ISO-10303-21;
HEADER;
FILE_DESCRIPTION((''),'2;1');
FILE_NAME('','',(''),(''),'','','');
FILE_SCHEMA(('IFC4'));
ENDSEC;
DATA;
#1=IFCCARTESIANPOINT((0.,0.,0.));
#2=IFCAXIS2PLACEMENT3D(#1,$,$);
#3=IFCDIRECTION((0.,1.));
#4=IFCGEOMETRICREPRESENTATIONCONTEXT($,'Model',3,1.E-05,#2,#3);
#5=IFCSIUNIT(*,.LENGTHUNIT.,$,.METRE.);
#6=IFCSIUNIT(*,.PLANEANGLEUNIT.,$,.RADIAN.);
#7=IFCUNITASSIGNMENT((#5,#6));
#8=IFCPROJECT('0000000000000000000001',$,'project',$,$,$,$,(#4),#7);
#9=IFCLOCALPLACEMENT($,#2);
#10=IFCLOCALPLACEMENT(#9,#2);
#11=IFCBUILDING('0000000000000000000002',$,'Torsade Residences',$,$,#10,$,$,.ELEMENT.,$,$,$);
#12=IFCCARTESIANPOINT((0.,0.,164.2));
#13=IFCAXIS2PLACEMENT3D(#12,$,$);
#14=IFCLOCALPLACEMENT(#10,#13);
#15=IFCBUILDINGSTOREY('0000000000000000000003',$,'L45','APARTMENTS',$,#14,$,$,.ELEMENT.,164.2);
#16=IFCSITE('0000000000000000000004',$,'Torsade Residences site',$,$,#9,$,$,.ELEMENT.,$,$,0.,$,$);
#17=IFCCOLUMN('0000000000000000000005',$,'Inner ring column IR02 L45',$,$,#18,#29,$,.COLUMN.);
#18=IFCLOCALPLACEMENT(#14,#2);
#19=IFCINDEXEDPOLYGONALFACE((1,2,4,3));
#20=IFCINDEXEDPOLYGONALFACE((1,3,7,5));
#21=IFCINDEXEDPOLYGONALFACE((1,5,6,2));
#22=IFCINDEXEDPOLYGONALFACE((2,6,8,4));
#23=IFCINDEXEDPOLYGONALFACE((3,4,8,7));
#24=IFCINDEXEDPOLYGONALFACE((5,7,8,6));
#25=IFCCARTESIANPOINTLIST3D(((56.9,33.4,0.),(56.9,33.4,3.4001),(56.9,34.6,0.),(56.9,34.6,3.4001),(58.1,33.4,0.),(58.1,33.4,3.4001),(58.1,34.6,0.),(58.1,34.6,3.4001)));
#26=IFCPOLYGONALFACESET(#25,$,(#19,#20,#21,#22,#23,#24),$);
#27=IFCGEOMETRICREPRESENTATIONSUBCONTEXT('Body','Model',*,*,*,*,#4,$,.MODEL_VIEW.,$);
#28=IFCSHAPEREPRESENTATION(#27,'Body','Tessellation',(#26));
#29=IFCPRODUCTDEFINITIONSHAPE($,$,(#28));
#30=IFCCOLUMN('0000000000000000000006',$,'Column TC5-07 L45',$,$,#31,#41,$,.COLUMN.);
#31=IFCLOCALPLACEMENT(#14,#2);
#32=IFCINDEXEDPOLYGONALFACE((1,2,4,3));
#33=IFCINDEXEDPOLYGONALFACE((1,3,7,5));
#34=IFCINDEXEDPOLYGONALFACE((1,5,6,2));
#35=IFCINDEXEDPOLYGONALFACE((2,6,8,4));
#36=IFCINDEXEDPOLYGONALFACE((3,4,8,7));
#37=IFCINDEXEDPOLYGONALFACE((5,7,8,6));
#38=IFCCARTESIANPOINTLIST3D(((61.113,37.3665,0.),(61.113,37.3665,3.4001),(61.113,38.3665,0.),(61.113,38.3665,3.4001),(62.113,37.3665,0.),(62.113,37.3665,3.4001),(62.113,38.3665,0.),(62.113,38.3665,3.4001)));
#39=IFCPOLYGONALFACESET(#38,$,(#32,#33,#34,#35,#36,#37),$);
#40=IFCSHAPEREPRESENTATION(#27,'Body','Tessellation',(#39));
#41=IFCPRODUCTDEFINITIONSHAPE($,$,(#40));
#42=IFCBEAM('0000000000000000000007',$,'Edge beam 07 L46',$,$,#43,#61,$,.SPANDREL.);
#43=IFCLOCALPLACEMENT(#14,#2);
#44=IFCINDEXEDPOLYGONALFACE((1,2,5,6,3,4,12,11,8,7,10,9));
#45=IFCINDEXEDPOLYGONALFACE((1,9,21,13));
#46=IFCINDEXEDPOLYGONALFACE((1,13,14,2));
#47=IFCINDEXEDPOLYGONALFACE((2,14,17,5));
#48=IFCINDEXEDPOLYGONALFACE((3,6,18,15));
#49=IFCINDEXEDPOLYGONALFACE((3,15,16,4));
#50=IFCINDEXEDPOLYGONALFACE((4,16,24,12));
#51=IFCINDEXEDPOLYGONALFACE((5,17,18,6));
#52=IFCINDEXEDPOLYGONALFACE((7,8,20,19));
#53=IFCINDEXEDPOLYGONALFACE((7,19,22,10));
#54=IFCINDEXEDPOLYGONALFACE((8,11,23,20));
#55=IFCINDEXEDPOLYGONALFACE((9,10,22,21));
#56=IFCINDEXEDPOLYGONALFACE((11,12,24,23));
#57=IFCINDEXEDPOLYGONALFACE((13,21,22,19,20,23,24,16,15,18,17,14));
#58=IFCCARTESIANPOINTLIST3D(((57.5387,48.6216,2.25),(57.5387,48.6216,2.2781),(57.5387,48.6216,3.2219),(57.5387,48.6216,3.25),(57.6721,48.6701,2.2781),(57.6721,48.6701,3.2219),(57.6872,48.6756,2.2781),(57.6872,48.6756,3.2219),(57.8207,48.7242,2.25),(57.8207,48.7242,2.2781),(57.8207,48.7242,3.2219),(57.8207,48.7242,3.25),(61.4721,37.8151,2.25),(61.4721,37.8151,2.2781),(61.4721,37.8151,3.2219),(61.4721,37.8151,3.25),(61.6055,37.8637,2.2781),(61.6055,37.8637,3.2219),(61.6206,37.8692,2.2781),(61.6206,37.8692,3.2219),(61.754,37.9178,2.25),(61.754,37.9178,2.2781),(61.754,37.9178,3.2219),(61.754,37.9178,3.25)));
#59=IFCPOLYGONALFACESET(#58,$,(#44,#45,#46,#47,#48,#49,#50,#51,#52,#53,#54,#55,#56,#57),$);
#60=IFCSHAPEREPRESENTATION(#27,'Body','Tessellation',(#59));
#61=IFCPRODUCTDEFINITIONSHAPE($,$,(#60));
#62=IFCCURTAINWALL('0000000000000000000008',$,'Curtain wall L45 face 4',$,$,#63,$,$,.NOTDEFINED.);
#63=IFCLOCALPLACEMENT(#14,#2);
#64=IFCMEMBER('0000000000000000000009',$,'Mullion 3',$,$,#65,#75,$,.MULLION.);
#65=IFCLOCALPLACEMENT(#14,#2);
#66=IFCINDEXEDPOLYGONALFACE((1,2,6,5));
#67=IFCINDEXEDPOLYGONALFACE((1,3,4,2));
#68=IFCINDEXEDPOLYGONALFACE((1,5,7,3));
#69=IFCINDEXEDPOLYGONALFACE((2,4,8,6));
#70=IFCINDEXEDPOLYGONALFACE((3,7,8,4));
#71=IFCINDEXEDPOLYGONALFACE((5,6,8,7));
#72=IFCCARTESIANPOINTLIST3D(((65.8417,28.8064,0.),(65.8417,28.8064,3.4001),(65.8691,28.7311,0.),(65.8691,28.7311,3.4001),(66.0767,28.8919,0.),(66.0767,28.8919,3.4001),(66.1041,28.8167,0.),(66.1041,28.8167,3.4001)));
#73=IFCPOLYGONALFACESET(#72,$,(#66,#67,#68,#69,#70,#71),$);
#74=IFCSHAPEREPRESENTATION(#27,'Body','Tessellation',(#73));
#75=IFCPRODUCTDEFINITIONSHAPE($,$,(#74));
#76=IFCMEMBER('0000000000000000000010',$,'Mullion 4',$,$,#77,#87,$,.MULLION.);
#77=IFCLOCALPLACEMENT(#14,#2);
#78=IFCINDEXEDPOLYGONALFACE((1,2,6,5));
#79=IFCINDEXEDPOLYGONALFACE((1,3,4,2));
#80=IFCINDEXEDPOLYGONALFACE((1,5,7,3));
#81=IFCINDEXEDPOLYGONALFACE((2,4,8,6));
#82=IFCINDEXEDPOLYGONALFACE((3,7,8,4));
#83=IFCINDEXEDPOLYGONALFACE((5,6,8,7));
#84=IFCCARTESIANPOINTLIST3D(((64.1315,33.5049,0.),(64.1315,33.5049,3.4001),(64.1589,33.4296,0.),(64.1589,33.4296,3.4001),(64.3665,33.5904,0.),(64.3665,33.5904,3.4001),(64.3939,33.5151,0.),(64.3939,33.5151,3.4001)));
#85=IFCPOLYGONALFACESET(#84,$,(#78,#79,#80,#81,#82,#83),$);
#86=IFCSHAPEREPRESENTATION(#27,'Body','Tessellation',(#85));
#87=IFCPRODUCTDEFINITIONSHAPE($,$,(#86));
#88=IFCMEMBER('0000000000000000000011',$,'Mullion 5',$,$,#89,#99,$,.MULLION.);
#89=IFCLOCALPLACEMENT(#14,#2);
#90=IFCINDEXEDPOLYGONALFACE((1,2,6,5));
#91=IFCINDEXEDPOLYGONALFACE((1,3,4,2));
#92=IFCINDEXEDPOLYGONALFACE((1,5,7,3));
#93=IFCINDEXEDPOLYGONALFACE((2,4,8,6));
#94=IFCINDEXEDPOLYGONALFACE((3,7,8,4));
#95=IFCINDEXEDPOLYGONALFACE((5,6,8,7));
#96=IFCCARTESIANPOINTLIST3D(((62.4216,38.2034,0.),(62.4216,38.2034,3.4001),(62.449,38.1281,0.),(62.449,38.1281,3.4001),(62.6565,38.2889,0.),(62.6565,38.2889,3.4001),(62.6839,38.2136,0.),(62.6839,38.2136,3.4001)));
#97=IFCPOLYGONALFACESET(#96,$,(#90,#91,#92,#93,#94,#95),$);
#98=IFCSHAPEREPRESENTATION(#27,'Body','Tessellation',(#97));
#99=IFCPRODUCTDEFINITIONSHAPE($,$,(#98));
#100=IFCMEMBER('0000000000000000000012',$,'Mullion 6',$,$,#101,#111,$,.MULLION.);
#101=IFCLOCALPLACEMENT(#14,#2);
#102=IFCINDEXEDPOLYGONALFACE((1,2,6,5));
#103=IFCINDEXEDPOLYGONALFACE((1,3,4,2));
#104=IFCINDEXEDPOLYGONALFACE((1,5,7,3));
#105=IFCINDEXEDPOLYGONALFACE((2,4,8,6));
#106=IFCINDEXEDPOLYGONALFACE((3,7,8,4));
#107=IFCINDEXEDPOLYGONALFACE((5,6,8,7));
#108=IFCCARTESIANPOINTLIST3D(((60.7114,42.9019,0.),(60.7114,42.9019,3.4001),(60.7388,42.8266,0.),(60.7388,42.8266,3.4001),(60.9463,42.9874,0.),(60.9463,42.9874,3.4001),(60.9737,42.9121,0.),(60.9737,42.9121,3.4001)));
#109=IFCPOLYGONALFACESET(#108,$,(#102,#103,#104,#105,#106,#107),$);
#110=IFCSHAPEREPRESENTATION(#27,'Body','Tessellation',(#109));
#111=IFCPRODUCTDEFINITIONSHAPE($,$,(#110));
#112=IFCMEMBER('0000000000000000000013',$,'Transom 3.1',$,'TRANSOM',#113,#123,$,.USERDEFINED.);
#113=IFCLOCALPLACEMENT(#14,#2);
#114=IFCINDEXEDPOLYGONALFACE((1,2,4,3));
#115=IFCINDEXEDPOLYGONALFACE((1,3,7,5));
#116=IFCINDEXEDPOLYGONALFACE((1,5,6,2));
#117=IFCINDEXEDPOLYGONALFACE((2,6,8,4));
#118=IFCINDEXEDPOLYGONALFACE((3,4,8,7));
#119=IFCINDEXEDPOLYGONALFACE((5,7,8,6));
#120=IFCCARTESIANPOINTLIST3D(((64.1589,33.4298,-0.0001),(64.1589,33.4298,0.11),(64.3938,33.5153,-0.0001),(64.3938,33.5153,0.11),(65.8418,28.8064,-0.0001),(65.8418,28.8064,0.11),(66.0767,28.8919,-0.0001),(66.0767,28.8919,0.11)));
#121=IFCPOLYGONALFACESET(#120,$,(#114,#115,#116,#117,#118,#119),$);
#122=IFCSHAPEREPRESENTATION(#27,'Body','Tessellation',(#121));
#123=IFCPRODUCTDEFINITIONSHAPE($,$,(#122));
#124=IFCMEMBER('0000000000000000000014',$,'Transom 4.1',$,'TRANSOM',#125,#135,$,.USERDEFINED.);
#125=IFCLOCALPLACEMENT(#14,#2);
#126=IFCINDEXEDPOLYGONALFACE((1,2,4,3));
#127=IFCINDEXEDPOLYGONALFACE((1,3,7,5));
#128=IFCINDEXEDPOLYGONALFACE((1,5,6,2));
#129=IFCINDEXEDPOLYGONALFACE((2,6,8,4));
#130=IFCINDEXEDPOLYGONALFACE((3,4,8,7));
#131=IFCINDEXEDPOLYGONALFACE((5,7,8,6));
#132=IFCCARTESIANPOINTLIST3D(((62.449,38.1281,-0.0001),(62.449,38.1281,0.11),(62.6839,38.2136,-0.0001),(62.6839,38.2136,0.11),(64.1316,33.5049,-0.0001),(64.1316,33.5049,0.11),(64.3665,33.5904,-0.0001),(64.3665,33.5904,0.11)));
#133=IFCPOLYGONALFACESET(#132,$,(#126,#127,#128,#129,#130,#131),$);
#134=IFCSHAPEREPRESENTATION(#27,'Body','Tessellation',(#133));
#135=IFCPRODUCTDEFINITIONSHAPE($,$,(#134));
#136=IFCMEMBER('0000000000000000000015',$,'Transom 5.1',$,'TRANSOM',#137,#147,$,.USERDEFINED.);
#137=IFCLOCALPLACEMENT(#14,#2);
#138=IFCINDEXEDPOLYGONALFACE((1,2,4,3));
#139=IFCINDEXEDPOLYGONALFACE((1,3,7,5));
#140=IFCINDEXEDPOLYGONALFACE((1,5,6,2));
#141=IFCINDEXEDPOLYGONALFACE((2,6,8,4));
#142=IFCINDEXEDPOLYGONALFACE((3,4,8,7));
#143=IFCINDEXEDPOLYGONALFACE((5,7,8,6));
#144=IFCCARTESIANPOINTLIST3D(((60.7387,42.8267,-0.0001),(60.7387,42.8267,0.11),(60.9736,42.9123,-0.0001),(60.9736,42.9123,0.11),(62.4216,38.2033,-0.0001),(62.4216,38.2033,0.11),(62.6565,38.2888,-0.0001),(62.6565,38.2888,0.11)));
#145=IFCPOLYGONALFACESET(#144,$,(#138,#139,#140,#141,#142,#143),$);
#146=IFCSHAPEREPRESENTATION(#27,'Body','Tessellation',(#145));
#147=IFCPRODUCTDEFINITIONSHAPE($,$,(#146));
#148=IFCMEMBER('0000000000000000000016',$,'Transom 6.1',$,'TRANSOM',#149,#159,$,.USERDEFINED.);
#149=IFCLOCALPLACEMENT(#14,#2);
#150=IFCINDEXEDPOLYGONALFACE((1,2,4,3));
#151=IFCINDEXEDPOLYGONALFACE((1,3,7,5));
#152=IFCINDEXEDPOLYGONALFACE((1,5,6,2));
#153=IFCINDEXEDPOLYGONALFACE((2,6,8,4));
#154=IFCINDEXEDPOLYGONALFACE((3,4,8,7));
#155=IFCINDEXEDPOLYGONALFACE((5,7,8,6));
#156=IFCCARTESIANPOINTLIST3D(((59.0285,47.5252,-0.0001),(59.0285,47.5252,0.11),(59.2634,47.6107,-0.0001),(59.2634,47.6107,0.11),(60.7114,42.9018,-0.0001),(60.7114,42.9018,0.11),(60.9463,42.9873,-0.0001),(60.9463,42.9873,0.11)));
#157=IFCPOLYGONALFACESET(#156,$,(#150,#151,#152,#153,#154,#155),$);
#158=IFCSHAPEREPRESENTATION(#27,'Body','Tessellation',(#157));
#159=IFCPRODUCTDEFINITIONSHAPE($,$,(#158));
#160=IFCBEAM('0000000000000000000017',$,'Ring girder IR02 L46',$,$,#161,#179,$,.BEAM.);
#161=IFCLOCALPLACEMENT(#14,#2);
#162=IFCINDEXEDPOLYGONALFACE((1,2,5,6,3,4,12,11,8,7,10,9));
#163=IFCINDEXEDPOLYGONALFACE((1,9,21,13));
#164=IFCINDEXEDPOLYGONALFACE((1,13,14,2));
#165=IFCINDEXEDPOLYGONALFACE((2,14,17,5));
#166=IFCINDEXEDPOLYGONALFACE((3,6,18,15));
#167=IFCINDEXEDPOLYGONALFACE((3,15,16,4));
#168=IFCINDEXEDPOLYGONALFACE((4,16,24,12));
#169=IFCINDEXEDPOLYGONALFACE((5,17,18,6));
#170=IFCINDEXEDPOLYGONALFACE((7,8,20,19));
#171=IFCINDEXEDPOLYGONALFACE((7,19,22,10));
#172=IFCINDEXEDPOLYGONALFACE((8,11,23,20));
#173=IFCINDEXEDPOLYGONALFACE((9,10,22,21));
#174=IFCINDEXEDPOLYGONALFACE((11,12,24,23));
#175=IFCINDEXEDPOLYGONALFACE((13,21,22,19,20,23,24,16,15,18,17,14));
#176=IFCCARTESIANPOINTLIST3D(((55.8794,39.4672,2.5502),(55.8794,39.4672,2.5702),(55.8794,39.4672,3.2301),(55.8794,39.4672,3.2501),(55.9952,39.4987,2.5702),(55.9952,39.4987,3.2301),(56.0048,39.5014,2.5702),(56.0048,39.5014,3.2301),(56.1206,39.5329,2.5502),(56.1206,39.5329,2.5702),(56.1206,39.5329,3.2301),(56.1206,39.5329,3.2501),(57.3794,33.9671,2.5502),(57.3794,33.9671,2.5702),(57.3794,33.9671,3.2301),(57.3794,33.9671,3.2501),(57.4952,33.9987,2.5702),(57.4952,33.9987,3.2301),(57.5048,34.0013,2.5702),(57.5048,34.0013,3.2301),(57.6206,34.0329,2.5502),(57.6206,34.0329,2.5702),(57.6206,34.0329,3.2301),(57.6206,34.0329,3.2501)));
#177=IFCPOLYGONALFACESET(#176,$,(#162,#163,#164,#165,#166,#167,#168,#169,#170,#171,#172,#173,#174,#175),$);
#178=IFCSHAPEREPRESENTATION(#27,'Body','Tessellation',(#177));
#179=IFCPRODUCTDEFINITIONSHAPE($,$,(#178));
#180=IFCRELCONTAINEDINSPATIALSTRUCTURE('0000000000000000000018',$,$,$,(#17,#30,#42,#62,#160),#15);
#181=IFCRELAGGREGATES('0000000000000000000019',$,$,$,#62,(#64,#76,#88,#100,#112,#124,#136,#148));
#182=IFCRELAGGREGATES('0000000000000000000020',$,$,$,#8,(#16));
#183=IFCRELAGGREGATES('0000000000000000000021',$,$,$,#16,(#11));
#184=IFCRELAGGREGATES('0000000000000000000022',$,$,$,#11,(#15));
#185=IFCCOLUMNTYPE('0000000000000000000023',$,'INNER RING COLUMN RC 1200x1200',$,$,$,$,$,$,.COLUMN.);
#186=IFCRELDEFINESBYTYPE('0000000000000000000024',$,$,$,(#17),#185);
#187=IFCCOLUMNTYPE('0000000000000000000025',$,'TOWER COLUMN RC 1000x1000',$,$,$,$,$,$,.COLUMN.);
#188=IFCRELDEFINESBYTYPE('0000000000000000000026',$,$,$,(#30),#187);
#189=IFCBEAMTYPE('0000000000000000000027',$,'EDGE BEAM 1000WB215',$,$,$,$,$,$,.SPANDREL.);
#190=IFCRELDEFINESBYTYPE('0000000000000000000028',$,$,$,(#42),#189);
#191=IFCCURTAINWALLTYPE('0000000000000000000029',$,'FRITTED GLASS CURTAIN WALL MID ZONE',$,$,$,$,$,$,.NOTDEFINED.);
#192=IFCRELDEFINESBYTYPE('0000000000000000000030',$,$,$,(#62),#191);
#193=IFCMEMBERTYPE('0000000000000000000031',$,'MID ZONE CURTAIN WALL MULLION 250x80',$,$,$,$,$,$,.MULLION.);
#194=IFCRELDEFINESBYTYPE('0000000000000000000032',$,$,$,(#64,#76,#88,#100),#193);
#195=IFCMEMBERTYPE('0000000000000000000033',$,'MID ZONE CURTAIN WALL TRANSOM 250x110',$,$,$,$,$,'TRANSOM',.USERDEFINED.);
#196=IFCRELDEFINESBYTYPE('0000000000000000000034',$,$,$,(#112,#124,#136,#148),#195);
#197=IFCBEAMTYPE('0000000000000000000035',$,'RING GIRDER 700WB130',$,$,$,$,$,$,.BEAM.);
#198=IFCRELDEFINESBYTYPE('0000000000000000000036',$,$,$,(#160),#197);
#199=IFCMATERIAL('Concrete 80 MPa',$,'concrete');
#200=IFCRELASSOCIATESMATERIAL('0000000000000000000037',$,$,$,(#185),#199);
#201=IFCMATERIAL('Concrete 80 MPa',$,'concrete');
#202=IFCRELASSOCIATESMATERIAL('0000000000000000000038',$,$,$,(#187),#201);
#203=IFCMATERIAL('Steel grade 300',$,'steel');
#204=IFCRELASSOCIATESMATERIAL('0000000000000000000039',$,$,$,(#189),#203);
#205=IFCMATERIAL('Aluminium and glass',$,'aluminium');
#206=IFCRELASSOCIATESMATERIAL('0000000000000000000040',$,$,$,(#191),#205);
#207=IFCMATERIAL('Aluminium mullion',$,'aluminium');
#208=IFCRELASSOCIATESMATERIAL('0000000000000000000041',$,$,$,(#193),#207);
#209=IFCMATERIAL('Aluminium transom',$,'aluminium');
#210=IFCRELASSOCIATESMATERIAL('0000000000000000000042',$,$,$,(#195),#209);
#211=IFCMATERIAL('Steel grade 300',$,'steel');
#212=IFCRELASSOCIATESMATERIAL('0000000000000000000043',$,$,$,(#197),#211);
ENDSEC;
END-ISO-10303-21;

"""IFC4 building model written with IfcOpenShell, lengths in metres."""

from ifc_helpers import new_model, si_unit, direction, frame, origin, origin_2d, place, context, subcontext, project, spatial, rectangle, i_section, extrude, material, material_profile, profile_set, type_object, element, aggregate, save


model = new_model("IFC4")

# Units and contexts
model_context = context("Model", 3, precision=1e-05, world=origin(), true_north=direction((0.0, 1.0)))
body_context = subcontext(model_context, "Body", "Model", "MODEL_VIEW")
ifc_project = project(units=[si_unit("LENGTHUNIT", "METRE"), si_unit("PLANEANGLEUNIT", "RADIAN")], contexts=[model_context])

# Site, building, storey
site_placement = place(None, origin())
site = spatial("IfcSite", under=ifc_project, at=site_placement, Name="Torsade Residences site", CompositionType="ELEMENT", RefElevation=0.0)
building_placement = place(site_placement, origin())
building = spatial("IfcBuilding", under=site, at=building_placement, Name="Torsade Residences", CompositionType="ELEMENT")
storey_placement = place(building_placement, frame((0.0, 0.0, 164.2)))
storey = spatial("IfcBuildingStorey", under=building, at=storey_placement, Name="L45", Description="APARTMENTS", CompositionType="ELEMENT", Elevation=164.2)

# Columns
ifc_material_1 = material(Name="Concrete 80 MPa", Category="concrete")
ifc_material_profile_1 = material_profile(ifc_material_1, rectangle(XDim=1.2, YDim=1.2, at=origin_2d()), Name="RC 1200x1200")
ifc_profile_set_1 = profile_set([ifc_material_profile_1], Name="Concrete 80 MPa")
column_type_1 = type_object("IfcColumnType", Name="INNER RING COLUMN RC 1200x1200", PredefinedType="COLUMN", material=ifc_profile_set_1)
column_1_placement = place(storey_placement, frame((57.5, 34.0, 0.0), z_axis=(0.0, 0.0, 1.0), x_axis=(1.0, 0.0, 0.0)))
element("IfcColumn", 1, at=column_1_placement, inside=storey, type_object=column_type_1, Name="Inner ring column IR02 L45", PredefinedType="COLUMN", context=body_context, shape_type="SweptSolid", body=[
    extrude(rectangle(XDim=1.2, YDim=1.2, at=origin_2d()), origin(), (0.0, 0.0, 1.0), 3.4001),
])
ifc_material_2 = material(Name="Concrete 80 MPa", Category="concrete")
ifc_material_profile_2 = material_profile(ifc_material_2, rectangle(XDim=1.0, YDim=1.0, at=origin_2d()), Name="RC 1000x1000")
ifc_profile_set_2 = profile_set([ifc_material_profile_2], Name="Concrete 80 MPa")
column_type_2 = type_object("IfcColumnType", Name="TOWER COLUMN RC 1000x1000", PredefinedType="COLUMN", material=ifc_profile_set_2)
column_2_placement = place(storey_placement, frame((61.613, 37.8665, 0.0), z_axis=(0.0, 0.0, 1.0), x_axis=(1.0, 0.0, 0.0)))
element("IfcColumn", 2, at=column_2_placement, inside=storey, type_object=column_type_2, Name="Column TC5-07 L45", PredefinedType="COLUMN", context=body_context, shape_type="SweptSolid", body=[
    extrude(rectangle(XDim=1.0, YDim=1.0, at=origin_2d()), origin(), (0.0, 0.0, 1.0), 3.4001),
])

# Beam
ifc_material_3 = material(Name="Steel grade 300", Category="steel")
ifc_material_profile_3 = material_profile(ifc_material_3, i_section(OverallWidth=0.3, OverallDepth=1.0, WebThickness=0.0161, FlangeThickness=0.0281, at=origin_2d()), Name="1000WB215")
ifc_profile_set_3 = profile_set([ifc_material_profile_3], Name="Steel grade 300")
beam_type_1 = type_object("IfcBeamType", Name="EDGE BEAM 1000WB215", PredefinedType="SPANDREL", material=ifc_profile_set_3)
beam_1_placement = place(storey_placement, frame((61.613, 37.8665, 2.75), z_axis=(-0.342031, 0.939689, 0.0), x_axis=(-0.939689, -0.342031, 0.0)))
element("IfcBeam", 3, at=beam_1_placement, inside=storey, type_object=beam_type_1, Name="Edge beam 07 L46", PredefinedType="SPANDREL", context=body_context, shape_type="SweptSolid", body=[
    extrude(i_section(OverallWidth=0.3, OverallDepth=1.0, WebThickness=0.0161, FlangeThickness=0.0281, at=origin_2d()), origin(), (0.0, 0.0, 1.0), 11.5),
])

# Curtain wall, members
ifc_material_4 = material(Name="Aluminium and glass", Category="aluminium")
curtain_wall_type = type_object("IfcCurtainWallType", Name="FRITTED GLASS CURTAIN WALL MID ZONE", PredefinedType="NOTDEFINED", material=ifc_material_4)
curtain_wall_placement = place(storey_placement, origin())
curtain_wall = element("IfcCurtainWall", 4, at=curtain_wall_placement, inside=storey, type_object=curtain_wall_type, Name="Curtain wall L45 face 4", PredefinedType="NOTDEFINED")
ifc_material_5 = material(Name="Aluminium mullion", Category="aluminium")
ifc_material_profile_4 = material_profile(ifc_material_5, rectangle(XDim=0.25, YDim=0.0801, at=origin_2d()), Name="MID ZONE CURTAIN WALL MULLION 250x80")
ifc_profile_set_4 = profile_set([ifc_material_profile_4], Name="Aluminium mullion")
member_type_1 = type_object("IfcMemberType", Name="MID ZONE CURTAIN WALL MULLION 250x80", PredefinedType="MULLION", material=ifc_profile_set_4)
member_1_placement = place(storey_placement, frame((65.9729, 28.8115, 0.0), z_axis=(0.0, 0.0, 1.0), x_axis=(-0.939693, -0.34202, 0.0)))
member_1 = element("IfcMember", 5, at=member_1_placement, type_object=member_type_1, Name="Mullion 3", PredefinedType="MULLION", context=body_context, shape_type="SweptSolid", body=[
    extrude(rectangle(XDim=0.25, YDim=0.0801, at=origin_2d()), origin(), (0.0, 0.0, 1.0), 3.4001),
])
member_2_placement = place(storey_placement, frame((64.2627, 33.51, 0.0), z_axis=(0.0, 0.0, 1.0), x_axis=(-0.939693, -0.34202, 0.0)))
member_2 = element("IfcMember", 6, at=member_2_placement, type_object=member_type_1, Name="Mullion 4", PredefinedType="MULLION", context=body_context, shape_type="SweptSolid", body=[
    extrude(rectangle(XDim=0.25, YDim=0.0801, at=origin_2d()), origin(), (0.0, 0.0, 1.0), 3.4001),
])
member_3_placement = place(storey_placement, frame((62.5527, 38.2085, 0.0), z_axis=(0.0, 0.0, 1.0), x_axis=(-0.939693, -0.34202, 0.0)))
member_3 = element("IfcMember", 7, at=member_3_placement, type_object=member_type_1, Name="Mullion 5", PredefinedType="MULLION", context=body_context, shape_type="SweptSolid", body=[
    extrude(rectangle(XDim=0.25, YDim=0.0801, at=origin_2d()), origin(), (0.0, 0.0, 1.0), 3.4001),
])
member_4_placement = place(storey_placement, frame((60.8425, 42.907, 0.0), z_axis=(0.0, 0.0, 1.0), x_axis=(-0.939693, -0.34202, 0.0)))
member_4 = element("IfcMember", 8, at=member_4_placement, type_object=member_type_1, Name="Mullion 6", PredefinedType="MULLION", context=body_context, shape_type="SweptSolid", body=[
    extrude(rectangle(XDim=0.25, YDim=0.0801, at=origin_2d()), origin(), (0.0, 0.0, 1.0), 3.4001),
])
ifc_material_6 = material(Name="Aluminium transom", Category="aluminium")
ifc_material_profile_5 = material_profile(ifc_material_6, rectangle(XDim=0.25, YDim=0.1101, at=origin_2d()), Name="MID ZONE CURTAIN WALL TRANSOM 250x110")
ifc_profile_set_5 = profile_set([ifc_material_profile_5], Name="Aluminium transom")
member_type_2 = type_object("IfcMemberType", Name="MID ZONE CURTAIN WALL TRANSOM 250x110", ElementType="TRANSOM", PredefinedType="USERDEFINED", material=ifc_profile_set_5)
member_5_placement = place(storey_placement, frame((65.9592, 28.8491, 0.0549), z_axis=(-0.342042, 0.939685, 0.0), x_axis=(-0.939685, -0.342042, 0.0)))
member_5 = element("IfcMember", 9, at=member_5_placement, type_object=member_type_2, Name="Transom 3.1", ObjectType="TRANSOM", PredefinedType="USERDEFINED", context=body_context, shape_type="SweptSolid", body=[
    extrude(rectangle(XDim=0.25, YDim=0.1101, at=origin_2d()), origin(), (0.0, 0.0, 1.0), 4.9202),
])
member_6_placement = place(storey_placement, frame((64.249, 33.5476, 0.0549), z_axis=(-0.341998, 0.939701, 0.0), x_axis=(-0.939701, -0.341998, 0.0)))
member_6 = element("IfcMember", 10, at=member_6_placement, type_object=member_type_2, Name="Transom 4.1", ObjectType="TRANSOM", PredefinedType="USERDEFINED", context=body_context, shape_type="SweptSolid", body=[
    extrude(rectangle(XDim=0.25, YDim=0.1101, at=origin_2d()), origin(), (0.0, 0.0, 1.0), 4.9199),
])
member_7_placement = place(storey_placement, frame((62.5391, 38.2461, 0.0549), z_axis=(-0.342042, 0.939685, 0.0), x_axis=(-0.939685, -0.342042, 0.0)))
member_7 = element("IfcMember", 11, at=member_7_placement, type_object=member_type_2, Name="Transom 5.1", ObjectType="TRANSOM", PredefinedType="USERDEFINED", context=body_context, shape_type="SweptSolid", body=[
    extrude(rectangle(XDim=0.25, YDim=0.1101, at=origin_2d()), origin(), (0.0, 0.0, 1.0), 4.9202),
])
member_8_placement = place(storey_placement, frame((60.8289, 42.9446, 0.0549), z_axis=(-0.342042, 0.939685, 0.0), x_axis=(-0.939685, -0.342042, 0.0)))
member_8 = element("IfcMember", 12, at=member_8_placement, type_object=member_type_2, Name="Transom 6.1", ObjectType="TRANSOM", PredefinedType="USERDEFINED", context=body_context, shape_type="SweptSolid", body=[
    extrude(rectangle(XDim=0.25, YDim=0.1101, at=origin_2d()), origin(), (0.0, 0.0, 1.0), 4.9202),
])

# Beam
ifc_material_7 = material(Name="Steel grade 300", Category="steel")
ifc_material_profile_6 = material_profile(ifc_material_7, i_section(OverallWidth=0.25, OverallDepth=0.7, WebThickness=0.01, FlangeThickness=0.02, at=origin_2d()), Name="700WB130")
ifc_profile_set_6 = profile_set([ifc_material_profile_6], Name="Steel grade 300")
beam_type_2 = type_object("IfcBeamType", Name="RING GIRDER 700WB130", PredefinedType="BEAM", material=ifc_profile_set_6)
beam_2_placement = place(storey_placement, frame((57.5, 34.0, 2.9001), z_axis=(-0.263117, 0.964764, 0.0), x_axis=(-0.964764, -0.263117, 0.0)))
element("IfcBeam", 13, at=beam_2_placement, inside=storey, type_object=beam_type_2, Name="Ring girder IR02 L46", PredefinedType="BEAM", context=body_context, shape_type="SweptSolid", body=[
    extrude(i_section(OverallWidth=0.25, OverallDepth=0.7, WebThickness=0.01, FlangeThickness=0.02, at=origin_2d()), origin(), (0.0, 0.0, 1.0), 5.7009),
])

aggregate(curtain_wall, [member_1, member_2, member_3, member_4, member_5, member_6, member_7, member_8])

save(model, "model.ifc")
